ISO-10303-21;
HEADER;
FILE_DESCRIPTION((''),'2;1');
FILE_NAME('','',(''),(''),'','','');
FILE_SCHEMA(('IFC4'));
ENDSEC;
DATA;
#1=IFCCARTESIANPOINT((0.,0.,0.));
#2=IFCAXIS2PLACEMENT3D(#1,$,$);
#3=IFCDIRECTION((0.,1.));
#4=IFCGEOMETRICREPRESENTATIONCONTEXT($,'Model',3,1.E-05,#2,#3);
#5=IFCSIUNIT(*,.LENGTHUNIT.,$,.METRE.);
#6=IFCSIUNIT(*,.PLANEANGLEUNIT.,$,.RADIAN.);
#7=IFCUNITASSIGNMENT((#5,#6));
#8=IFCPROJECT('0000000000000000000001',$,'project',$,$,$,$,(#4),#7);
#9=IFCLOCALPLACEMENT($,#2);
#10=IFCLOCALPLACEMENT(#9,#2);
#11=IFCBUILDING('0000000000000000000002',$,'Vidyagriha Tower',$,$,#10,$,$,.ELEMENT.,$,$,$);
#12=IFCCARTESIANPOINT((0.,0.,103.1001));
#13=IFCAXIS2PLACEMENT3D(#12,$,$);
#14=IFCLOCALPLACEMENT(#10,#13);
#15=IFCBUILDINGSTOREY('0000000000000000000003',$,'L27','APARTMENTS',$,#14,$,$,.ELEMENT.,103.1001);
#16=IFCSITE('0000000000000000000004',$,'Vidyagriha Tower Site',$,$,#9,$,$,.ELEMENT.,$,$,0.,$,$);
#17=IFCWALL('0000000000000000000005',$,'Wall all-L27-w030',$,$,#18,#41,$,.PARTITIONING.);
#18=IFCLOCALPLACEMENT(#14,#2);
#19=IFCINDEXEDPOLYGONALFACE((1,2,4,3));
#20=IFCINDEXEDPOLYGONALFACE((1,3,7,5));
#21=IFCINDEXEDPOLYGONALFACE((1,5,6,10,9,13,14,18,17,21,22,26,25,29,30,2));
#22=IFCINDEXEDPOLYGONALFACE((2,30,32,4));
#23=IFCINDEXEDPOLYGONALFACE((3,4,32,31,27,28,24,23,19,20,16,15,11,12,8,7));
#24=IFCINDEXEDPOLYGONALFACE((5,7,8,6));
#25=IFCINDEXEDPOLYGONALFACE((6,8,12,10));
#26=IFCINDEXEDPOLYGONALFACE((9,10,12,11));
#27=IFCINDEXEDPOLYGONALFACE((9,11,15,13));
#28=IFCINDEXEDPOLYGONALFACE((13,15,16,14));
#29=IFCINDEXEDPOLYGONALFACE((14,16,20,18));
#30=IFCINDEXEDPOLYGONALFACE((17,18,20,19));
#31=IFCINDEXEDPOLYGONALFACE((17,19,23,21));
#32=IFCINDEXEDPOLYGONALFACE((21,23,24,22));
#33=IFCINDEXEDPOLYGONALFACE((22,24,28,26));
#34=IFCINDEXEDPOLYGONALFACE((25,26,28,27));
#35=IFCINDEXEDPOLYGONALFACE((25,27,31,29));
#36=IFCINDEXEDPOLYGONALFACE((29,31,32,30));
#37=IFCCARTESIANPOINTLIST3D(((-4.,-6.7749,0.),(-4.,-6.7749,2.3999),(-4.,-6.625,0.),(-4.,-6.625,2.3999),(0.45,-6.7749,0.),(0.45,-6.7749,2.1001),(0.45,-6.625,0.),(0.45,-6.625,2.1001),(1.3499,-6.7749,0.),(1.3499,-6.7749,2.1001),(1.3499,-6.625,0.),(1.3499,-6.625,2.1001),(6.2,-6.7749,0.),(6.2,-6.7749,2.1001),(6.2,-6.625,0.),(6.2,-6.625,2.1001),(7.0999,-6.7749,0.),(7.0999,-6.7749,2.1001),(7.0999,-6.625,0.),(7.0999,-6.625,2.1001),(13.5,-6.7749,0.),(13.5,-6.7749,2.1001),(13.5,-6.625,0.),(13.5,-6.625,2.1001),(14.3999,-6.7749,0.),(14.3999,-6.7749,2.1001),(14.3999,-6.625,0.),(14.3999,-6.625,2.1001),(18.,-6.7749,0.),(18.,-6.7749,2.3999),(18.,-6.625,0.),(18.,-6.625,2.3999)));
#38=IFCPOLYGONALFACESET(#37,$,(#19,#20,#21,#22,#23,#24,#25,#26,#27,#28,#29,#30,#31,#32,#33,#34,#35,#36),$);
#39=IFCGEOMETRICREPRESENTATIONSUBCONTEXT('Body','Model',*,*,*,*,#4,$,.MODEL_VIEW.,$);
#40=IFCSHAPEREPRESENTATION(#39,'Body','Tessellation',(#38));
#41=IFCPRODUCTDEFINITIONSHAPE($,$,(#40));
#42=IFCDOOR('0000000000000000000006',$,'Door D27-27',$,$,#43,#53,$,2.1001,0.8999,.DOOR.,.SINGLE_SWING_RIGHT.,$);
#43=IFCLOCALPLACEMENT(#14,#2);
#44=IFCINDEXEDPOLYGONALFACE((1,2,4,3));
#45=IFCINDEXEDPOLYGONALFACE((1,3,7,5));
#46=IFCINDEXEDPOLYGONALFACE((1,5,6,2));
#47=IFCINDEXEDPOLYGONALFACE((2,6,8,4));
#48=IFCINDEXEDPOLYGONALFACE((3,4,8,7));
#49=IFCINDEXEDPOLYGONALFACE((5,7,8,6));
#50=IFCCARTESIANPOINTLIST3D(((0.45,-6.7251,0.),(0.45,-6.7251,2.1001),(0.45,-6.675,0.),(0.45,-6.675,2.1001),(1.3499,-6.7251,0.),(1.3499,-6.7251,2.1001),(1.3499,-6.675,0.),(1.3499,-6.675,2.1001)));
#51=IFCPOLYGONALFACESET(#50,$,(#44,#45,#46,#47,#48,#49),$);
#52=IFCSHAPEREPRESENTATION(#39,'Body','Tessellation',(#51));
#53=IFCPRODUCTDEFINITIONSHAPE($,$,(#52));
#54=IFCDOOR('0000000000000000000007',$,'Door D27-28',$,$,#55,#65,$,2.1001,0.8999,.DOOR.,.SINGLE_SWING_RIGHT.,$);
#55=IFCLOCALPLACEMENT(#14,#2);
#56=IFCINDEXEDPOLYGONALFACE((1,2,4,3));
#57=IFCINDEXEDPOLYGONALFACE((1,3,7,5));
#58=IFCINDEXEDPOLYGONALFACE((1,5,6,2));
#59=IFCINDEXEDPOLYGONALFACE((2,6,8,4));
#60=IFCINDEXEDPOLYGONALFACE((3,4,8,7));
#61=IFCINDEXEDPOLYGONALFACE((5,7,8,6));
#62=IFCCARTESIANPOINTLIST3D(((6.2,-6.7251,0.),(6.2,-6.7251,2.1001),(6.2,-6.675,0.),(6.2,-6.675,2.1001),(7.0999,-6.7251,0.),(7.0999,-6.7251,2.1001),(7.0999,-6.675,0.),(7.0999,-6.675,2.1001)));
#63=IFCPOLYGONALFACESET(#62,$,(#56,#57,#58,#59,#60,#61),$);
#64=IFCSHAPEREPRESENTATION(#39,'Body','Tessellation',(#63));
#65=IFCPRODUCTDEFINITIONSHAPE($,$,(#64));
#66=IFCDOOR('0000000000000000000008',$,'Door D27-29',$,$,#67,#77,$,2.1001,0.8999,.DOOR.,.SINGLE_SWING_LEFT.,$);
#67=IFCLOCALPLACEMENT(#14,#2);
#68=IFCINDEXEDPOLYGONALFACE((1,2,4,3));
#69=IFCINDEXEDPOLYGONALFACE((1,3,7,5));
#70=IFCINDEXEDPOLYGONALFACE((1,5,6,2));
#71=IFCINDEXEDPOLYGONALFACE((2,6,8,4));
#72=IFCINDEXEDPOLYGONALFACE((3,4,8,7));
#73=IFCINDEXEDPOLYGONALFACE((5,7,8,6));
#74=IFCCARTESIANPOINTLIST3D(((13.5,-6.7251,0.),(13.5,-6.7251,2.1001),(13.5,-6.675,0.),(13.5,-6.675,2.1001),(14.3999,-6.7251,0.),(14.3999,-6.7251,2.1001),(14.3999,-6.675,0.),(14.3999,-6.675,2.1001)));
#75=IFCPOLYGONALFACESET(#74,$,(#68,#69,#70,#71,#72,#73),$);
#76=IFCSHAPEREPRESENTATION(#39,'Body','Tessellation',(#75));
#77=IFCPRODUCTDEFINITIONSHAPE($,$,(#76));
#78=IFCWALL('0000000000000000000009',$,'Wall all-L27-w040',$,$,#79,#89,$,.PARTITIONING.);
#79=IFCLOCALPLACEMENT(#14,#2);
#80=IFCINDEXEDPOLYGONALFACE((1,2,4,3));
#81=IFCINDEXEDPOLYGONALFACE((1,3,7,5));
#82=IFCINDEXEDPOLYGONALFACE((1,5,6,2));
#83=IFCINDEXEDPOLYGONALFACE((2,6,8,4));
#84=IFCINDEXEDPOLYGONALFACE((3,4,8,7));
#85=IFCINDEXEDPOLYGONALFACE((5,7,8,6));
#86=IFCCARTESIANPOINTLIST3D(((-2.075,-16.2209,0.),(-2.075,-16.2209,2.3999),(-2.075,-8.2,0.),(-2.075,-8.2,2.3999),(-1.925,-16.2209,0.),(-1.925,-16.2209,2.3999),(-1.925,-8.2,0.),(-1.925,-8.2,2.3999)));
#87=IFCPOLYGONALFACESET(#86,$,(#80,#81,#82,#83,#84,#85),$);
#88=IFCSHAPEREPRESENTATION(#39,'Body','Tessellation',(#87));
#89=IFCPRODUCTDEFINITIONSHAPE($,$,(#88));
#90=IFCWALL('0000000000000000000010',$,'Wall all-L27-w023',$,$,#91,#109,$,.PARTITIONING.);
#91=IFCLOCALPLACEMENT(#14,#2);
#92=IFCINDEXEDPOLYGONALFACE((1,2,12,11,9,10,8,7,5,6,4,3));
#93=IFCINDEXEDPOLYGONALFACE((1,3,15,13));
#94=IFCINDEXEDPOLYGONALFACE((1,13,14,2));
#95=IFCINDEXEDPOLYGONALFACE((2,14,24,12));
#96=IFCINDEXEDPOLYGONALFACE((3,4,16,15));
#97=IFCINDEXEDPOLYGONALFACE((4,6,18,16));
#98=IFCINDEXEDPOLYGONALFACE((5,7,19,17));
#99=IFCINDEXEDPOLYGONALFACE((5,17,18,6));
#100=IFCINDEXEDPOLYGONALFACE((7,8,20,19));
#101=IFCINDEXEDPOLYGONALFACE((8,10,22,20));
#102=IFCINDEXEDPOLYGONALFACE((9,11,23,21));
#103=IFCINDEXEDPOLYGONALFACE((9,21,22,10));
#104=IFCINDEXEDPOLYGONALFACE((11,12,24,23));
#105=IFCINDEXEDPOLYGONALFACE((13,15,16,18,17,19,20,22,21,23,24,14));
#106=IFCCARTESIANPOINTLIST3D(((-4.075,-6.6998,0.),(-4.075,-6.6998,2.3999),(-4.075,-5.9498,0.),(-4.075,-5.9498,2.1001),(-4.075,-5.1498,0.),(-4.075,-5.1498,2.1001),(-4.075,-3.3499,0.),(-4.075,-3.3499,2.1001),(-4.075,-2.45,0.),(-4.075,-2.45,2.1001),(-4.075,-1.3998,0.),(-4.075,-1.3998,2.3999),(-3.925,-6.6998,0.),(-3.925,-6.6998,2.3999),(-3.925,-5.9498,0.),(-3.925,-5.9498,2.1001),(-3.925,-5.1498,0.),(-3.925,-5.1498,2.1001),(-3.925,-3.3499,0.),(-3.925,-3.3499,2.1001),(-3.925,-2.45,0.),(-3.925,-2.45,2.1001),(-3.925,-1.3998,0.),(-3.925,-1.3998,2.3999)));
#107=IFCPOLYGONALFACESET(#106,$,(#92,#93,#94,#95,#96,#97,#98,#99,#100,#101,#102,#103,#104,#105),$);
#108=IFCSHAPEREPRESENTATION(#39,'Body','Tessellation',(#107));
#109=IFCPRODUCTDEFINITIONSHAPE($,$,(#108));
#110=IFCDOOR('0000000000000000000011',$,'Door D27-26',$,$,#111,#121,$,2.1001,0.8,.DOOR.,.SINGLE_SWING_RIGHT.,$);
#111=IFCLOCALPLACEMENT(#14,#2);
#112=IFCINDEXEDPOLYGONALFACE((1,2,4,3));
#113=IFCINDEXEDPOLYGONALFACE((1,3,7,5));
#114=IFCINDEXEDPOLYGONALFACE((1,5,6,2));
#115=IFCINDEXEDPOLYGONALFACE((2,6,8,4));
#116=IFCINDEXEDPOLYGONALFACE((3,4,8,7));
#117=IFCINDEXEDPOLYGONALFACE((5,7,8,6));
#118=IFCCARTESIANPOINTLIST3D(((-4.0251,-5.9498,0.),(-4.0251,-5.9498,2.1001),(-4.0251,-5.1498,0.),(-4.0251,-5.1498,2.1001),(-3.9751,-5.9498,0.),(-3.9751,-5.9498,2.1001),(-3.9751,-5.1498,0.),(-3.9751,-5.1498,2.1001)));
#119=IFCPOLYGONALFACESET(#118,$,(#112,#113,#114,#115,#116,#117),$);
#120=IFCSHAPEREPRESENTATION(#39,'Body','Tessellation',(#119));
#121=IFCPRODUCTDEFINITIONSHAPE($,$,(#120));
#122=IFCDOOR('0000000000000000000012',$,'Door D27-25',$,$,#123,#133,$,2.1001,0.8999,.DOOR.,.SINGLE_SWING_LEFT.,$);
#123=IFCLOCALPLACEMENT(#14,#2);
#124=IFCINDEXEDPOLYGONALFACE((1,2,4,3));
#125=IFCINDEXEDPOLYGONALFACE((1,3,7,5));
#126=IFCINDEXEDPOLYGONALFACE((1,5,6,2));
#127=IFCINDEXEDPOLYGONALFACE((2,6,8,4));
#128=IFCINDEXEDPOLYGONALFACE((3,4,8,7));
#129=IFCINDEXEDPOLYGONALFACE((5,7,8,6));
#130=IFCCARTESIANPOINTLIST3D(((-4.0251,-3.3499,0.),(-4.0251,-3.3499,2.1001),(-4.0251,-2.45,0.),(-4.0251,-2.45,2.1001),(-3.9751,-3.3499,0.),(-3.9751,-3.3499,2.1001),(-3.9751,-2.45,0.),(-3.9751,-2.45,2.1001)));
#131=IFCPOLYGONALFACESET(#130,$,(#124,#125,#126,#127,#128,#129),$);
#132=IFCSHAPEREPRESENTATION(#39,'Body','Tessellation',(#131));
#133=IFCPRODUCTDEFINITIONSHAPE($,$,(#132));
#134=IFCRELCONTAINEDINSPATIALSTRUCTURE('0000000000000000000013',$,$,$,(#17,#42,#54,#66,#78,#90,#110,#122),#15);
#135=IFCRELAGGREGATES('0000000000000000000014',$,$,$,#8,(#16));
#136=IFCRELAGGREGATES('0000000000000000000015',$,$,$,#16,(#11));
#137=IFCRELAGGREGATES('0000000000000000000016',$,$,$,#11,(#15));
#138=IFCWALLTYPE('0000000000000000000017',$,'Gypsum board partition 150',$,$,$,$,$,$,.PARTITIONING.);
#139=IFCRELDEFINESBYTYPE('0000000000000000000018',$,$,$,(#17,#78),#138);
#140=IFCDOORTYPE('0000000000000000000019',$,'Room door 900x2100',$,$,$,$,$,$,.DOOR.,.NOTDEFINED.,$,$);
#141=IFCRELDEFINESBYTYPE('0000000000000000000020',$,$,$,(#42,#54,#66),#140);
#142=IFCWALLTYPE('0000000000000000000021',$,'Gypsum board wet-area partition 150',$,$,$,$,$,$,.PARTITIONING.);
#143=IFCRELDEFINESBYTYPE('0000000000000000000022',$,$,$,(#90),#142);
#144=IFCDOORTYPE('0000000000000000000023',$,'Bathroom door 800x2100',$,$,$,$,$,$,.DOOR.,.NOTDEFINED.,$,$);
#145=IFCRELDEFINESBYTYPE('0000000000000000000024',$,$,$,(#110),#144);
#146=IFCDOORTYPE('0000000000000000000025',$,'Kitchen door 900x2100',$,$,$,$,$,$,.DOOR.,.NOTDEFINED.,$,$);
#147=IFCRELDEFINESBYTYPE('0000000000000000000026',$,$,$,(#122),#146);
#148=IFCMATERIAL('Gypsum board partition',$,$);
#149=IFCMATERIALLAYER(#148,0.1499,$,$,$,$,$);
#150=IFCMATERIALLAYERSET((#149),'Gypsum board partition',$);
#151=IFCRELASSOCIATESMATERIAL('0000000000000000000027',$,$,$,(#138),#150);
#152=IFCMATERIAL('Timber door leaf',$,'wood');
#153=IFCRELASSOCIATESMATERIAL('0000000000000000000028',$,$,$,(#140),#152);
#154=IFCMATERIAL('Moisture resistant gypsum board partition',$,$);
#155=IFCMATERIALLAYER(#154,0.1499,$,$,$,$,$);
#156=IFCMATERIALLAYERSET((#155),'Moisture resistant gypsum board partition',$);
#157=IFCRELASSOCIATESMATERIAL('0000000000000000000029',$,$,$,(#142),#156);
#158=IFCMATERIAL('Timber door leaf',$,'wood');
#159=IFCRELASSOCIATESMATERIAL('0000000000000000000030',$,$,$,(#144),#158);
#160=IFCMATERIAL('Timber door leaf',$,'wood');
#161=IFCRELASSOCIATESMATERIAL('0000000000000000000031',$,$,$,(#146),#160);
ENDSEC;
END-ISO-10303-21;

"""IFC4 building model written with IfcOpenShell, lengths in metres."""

from ifc_helpers import new_model, si_unit, direction, frame, frame_2d, origin, place, context, subcontext, project, spatial, rectangle, extrude, material, layer, layer_set, type_object, element, fill, save


model = new_model("IFC4")

# Units and contexts
model_context = context("Model", 3, precision=1e-05, world=origin(), true_north=direction((0.0, 1.0)))
body_context = subcontext(model_context, "Body", "Model", "MODEL_VIEW")
ifc_project = project(units=[si_unit("LENGTHUNIT", "METRE"), si_unit("PLANEANGLEUNIT", "RADIAN")], contexts=[model_context])

# Site, building, storey
site_placement = place(None, origin())
site = spatial("IfcSite", under=ifc_project, at=site_placement, Name="Vidyagriha Tower Site", CompositionType="ELEMENT", RefElevation=0.0)
building_placement = place(site_placement, origin())
building = spatial("IfcBuilding", under=site, at=building_placement, Name="Vidyagriha Tower", CompositionType="ELEMENT")
storey_placement = place(building_placement, frame((0.0, 0.0, 103.1001)))
storey = spatial("IfcBuildingStorey", under=building, at=storey_placement, Name="L27", Description="APARTMENTS", CompositionType="ELEMENT", Elevation=103.1001)

# Shared definitions
ifc_material_1 = material(Name="Gypsum board partition")
ifc_layer_1 = layer(ifc_material_1, 0.1499)
ifc_layer_set_1 = layer_set([ifc_layer_1], Name="Gypsum board partition")
wall_type_1 = type_object("IfcWallType", Name="Gypsum board partition 150", PredefinedType="PARTITIONING", material=ifc_layer_set_1)

# Wall, openings, doors
wall_1_placement = place(storey_placement, frame((-4.0, -6.7, 0.0)))
wall_1 = element("IfcWall", 1, at=wall_1_placement, inside=storey, type_object=wall_type_1, Name="Wall all-L27-w030", PredefinedType="PARTITIONING", context=body_context, shape_type="SweptSolid", body=[
    extrude(rectangle(XDim=22.0, YDim=0.1499, at=frame_2d((11.0, 0.0))), origin(), (0.0, 0.0, 1.0), 2.3999),
])
opening_1_placement = place(wall_1_placement, frame((4.45, 0.0, 0.0)))
opening_1 = element("IfcOpeningElement", 2, at=opening_1_placement, cuts=wall_1, PredefinedType="OPENING", context=body_context, shape_type="SweptSolid", body=[
    extrude(rectangle(XDim=0.8999, YDim=2.1001, at=frame_2d((0.45, 1.05))), frame((0.0, 0.085, 0.0), z_axis=(0.0, -1.0, 0.0), x_axis=(1.0, 0.0, 0.0)), (0.0, 0.0, 1.0), 0.1699),
])
opening_2_placement = place(wall_1_placement, frame((10.2, 0.0, 0.0)))
opening_2 = element("IfcOpeningElement", 3, at=opening_2_placement, cuts=wall_1, PredefinedType="OPENING", context=body_context, shape_type="SweptSolid", body=[
    extrude(rectangle(XDim=0.8999, YDim=2.1001, at=frame_2d((0.45, 1.05))), frame((0.0, 0.085, 0.0), z_axis=(0.0, -1.0, 0.0), x_axis=(1.0, 0.0, 0.0)), (0.0, 0.0, 1.0), 0.1699),
])
opening_3_placement = place(wall_1_placement, frame((17.5, 0.0, 0.0)))
opening_3 = element("IfcOpeningElement", 4, at=opening_3_placement, cuts=wall_1, PredefinedType="OPENING", context=body_context, shape_type="SweptSolid", body=[
    extrude(rectangle(XDim=0.8999, YDim=2.1001, at=frame_2d((0.45, 1.05))), frame((0.0, 0.085, 0.0), z_axis=(0.0, -1.0, 0.0), x_axis=(1.0, 0.0, 0.0)), (0.0, 0.0, 1.0), 0.1699),
])
ifc_material_2 = material(Name="Timber door leaf", Category="wood")
door_type_1 = type_object("IfcDoorType", Name="Room door 900x2100", OperationType="NOTDEFINED", PredefinedType="DOOR", material=ifc_material_2)
door_1_placement = place(opening_1_placement, origin())
door_1 = element("IfcDoor", 5, at=door_1_placement, inside=storey, type_object=door_type_1, Name="Door D27-27", OperationType="SINGLE_SWING_RIGHT", OverallHeight=2.1001, OverallWidth=0.8999, PredefinedType="DOOR", context=body_context, shape_type="SweptSolid", body=[
    extrude(rectangle(XDim=0.8999, YDim=2.1001, at=frame_2d((0.45, 1.05))), frame((0.0, 0.0249, 0.0), z_axis=(0.0, -1.0, 0.0), x_axis=(1.0, 0.0, 0.0)), (0.0, 0.0, 1.0), 0.05),
])
fill(opening_1, door_1)
door_2_placement = place(opening_2_placement, origin())
door_2 = element("IfcDoor", 6, at=door_2_placement, inside=storey, type_object=door_type_1, Name="Door D27-28", OperationType="SINGLE_SWING_RIGHT", OverallHeight=2.1001, OverallWidth=0.8999, PredefinedType="DOOR", context=body_context, shape_type="SweptSolid", body=[
    extrude(rectangle(XDim=0.8999, YDim=2.1001, at=frame_2d((0.45, 1.05))), frame((0.0, 0.0249, 0.0), z_axis=(0.0, -1.0, 0.0), x_axis=(1.0, 0.0, 0.0)), (0.0, 0.0, 1.0), 0.05),
])
fill(opening_2, door_2)
door_3_placement = place(opening_3_placement, origin())
door_3 = element("IfcDoor", 7, at=door_3_placement, inside=storey, type_object=door_type_1, Name="Door D27-29", OperationType="SINGLE_SWING_LEFT", OverallHeight=2.1001, OverallWidth=0.8999, PredefinedType="DOOR", context=body_context, shape_type="SweptSolid", body=[
    extrude(rectangle(XDim=0.8999, YDim=2.1001, at=frame_2d((0.45, 1.05))), frame((0.0, 0.0249, 0.0), z_axis=(0.0, -1.0, 0.0), x_axis=(1.0, 0.0, 0.0)), (0.0, 0.0, 1.0), 0.05),
])
fill(opening_3, door_3)

# Wall
wall_2_placement = place(storey_placement, frame((-2.0, -8.2, 0.0), z_axis=(0.0, 0.0, 1.0), x_axis=(0.0, -1.0, 0.0)))
element("IfcWall", 8, at=wall_2_placement, inside=storey, type_object=wall_type_1, Name="Wall all-L27-w040", PredefinedType="PARTITIONING", context=body_context, shape_type="SweptSolid", body=[
    extrude(rectangle(XDim=8.021, YDim=0.1499, at=frame_2d((4.0105, 0.0))), origin(), (0.0, 0.0, 1.0), 2.3999),
])

# Wall, openings, doors
ifc_material_3 = material(Name="Moisture resistant gypsum board partition")
ifc_layer_2 = layer(ifc_material_3, 0.1499)
ifc_layer_set_2 = layer_set([ifc_layer_2], Name="Moisture resistant gypsum board partition")
wall_type_2 = type_object("IfcWallType", Name="Gypsum board wet-area partition 150", PredefinedType="PARTITIONING", material=ifc_layer_set_2)
wall_3_placement = place(storey_placement, frame((-4.0, -1.3999, 0.0), z_axis=(0.0, 0.0, 1.0), x_axis=(0.0, -1.0, 0.0)))
wall_3 = element("IfcWall", 9, at=wall_3_placement, inside=storey, type_object=wall_type_2, Name="Wall all-L27-w023", PredefinedType="PARTITIONING", context=body_context, shape_type="SweptSolid", body=[
    extrude(rectangle(XDim=5.3, YDim=0.1499, at=frame_2d((2.6499, 0.0))), origin(), (0.0, 0.0, 1.0), 2.3999),
])
opening_4_placement = place(wall_3_placement, frame((1.05, 0.0, 0.0)))
opening_4 = element("IfcOpeningElement", 10, at=opening_4_placement, cuts=wall_3, PredefinedType="OPENING", context=body_context, shape_type="SweptSolid", body=[
    extrude(rectangle(XDim=0.8999, YDim=2.1001, at=frame_2d((0.45, 1.05))), frame((0.0, 0.085, 0.0), z_axis=(0.0, -1.0, 0.0), x_axis=(1.0, 0.0, 0.0)), (0.0, 0.0, 1.0), 0.1699),
])
opening_5_placement = place(wall_3_placement, frame((3.75, 0.0, 0.0)))
opening_5 = element("IfcOpeningElement", 11, at=opening_5_placement, cuts=wall_3, PredefinedType="OPENING", context=body_context, shape_type="SweptSolid", body=[
    extrude(rectangle(XDim=0.8, YDim=2.1001, at=frame_2d((0.3999, 1.05))), frame((0.0, 0.085, 0.0), z_axis=(0.0, -1.0, 0.0), x_axis=(1.0, 0.0, 0.0)), (0.0, 0.0, 1.0), 0.1699),
])
ifc_material_4 = material(Name="Timber door leaf", Category="wood")
door_type_2 = type_object("IfcDoorType", Name="Bathroom door 800x2100", OperationType="NOTDEFINED", PredefinedType="DOOR", material=ifc_material_4)
door_4_placement = place(opening_5_placement, origin())
door_4 = element("IfcDoor", 12, at=door_4_placement, inside=storey, type_object=door_type_2, Name="Door D27-26", OperationType="SINGLE_SWING_RIGHT", OverallHeight=2.1001, OverallWidth=0.8, PredefinedType="DOOR", context=body_context, shape_type="SweptSolid", body=[
    extrude(rectangle(XDim=0.8, YDim=2.1001, at=frame_2d((0.3999, 1.05))), frame((0.0, 0.0249, 0.0), z_axis=(0.0, -1.0, 0.0), x_axis=(1.0, 0.0, 0.0)), (0.0, 0.0, 1.0), 0.05),
])
fill(opening_5, door_4)
ifc_material_5 = material(Name="Timber door leaf", Category="wood")
door_type_3 = type_object("IfcDoorType", Name="Kitchen door 900x2100", OperationType="NOTDEFINED", PredefinedType="DOOR", material=ifc_material_5)
door_5_placement = place(opening_4_placement, origin())
door_5 = element("IfcDoor", 13, at=door_5_placement, inside=storey, type_object=door_type_3, Name="Door D27-25", OperationType="SINGLE_SWING_LEFT", OverallHeight=2.1001, OverallWidth=0.8999, PredefinedType="DOOR", context=body_context, shape_type="SweptSolid", body=[
    extrude(rectangle(XDim=0.8999, YDim=2.1001, at=frame_2d((0.45, 1.05))), frame((0.0, 0.0249, 0.0), z_axis=(0.0, -1.0, 0.0), x_axis=(1.0, 0.0, 0.0)), (0.0, 0.0, 1.0), 0.05),
])
fill(opening_4, door_5)

save(model, "model.ifc")
